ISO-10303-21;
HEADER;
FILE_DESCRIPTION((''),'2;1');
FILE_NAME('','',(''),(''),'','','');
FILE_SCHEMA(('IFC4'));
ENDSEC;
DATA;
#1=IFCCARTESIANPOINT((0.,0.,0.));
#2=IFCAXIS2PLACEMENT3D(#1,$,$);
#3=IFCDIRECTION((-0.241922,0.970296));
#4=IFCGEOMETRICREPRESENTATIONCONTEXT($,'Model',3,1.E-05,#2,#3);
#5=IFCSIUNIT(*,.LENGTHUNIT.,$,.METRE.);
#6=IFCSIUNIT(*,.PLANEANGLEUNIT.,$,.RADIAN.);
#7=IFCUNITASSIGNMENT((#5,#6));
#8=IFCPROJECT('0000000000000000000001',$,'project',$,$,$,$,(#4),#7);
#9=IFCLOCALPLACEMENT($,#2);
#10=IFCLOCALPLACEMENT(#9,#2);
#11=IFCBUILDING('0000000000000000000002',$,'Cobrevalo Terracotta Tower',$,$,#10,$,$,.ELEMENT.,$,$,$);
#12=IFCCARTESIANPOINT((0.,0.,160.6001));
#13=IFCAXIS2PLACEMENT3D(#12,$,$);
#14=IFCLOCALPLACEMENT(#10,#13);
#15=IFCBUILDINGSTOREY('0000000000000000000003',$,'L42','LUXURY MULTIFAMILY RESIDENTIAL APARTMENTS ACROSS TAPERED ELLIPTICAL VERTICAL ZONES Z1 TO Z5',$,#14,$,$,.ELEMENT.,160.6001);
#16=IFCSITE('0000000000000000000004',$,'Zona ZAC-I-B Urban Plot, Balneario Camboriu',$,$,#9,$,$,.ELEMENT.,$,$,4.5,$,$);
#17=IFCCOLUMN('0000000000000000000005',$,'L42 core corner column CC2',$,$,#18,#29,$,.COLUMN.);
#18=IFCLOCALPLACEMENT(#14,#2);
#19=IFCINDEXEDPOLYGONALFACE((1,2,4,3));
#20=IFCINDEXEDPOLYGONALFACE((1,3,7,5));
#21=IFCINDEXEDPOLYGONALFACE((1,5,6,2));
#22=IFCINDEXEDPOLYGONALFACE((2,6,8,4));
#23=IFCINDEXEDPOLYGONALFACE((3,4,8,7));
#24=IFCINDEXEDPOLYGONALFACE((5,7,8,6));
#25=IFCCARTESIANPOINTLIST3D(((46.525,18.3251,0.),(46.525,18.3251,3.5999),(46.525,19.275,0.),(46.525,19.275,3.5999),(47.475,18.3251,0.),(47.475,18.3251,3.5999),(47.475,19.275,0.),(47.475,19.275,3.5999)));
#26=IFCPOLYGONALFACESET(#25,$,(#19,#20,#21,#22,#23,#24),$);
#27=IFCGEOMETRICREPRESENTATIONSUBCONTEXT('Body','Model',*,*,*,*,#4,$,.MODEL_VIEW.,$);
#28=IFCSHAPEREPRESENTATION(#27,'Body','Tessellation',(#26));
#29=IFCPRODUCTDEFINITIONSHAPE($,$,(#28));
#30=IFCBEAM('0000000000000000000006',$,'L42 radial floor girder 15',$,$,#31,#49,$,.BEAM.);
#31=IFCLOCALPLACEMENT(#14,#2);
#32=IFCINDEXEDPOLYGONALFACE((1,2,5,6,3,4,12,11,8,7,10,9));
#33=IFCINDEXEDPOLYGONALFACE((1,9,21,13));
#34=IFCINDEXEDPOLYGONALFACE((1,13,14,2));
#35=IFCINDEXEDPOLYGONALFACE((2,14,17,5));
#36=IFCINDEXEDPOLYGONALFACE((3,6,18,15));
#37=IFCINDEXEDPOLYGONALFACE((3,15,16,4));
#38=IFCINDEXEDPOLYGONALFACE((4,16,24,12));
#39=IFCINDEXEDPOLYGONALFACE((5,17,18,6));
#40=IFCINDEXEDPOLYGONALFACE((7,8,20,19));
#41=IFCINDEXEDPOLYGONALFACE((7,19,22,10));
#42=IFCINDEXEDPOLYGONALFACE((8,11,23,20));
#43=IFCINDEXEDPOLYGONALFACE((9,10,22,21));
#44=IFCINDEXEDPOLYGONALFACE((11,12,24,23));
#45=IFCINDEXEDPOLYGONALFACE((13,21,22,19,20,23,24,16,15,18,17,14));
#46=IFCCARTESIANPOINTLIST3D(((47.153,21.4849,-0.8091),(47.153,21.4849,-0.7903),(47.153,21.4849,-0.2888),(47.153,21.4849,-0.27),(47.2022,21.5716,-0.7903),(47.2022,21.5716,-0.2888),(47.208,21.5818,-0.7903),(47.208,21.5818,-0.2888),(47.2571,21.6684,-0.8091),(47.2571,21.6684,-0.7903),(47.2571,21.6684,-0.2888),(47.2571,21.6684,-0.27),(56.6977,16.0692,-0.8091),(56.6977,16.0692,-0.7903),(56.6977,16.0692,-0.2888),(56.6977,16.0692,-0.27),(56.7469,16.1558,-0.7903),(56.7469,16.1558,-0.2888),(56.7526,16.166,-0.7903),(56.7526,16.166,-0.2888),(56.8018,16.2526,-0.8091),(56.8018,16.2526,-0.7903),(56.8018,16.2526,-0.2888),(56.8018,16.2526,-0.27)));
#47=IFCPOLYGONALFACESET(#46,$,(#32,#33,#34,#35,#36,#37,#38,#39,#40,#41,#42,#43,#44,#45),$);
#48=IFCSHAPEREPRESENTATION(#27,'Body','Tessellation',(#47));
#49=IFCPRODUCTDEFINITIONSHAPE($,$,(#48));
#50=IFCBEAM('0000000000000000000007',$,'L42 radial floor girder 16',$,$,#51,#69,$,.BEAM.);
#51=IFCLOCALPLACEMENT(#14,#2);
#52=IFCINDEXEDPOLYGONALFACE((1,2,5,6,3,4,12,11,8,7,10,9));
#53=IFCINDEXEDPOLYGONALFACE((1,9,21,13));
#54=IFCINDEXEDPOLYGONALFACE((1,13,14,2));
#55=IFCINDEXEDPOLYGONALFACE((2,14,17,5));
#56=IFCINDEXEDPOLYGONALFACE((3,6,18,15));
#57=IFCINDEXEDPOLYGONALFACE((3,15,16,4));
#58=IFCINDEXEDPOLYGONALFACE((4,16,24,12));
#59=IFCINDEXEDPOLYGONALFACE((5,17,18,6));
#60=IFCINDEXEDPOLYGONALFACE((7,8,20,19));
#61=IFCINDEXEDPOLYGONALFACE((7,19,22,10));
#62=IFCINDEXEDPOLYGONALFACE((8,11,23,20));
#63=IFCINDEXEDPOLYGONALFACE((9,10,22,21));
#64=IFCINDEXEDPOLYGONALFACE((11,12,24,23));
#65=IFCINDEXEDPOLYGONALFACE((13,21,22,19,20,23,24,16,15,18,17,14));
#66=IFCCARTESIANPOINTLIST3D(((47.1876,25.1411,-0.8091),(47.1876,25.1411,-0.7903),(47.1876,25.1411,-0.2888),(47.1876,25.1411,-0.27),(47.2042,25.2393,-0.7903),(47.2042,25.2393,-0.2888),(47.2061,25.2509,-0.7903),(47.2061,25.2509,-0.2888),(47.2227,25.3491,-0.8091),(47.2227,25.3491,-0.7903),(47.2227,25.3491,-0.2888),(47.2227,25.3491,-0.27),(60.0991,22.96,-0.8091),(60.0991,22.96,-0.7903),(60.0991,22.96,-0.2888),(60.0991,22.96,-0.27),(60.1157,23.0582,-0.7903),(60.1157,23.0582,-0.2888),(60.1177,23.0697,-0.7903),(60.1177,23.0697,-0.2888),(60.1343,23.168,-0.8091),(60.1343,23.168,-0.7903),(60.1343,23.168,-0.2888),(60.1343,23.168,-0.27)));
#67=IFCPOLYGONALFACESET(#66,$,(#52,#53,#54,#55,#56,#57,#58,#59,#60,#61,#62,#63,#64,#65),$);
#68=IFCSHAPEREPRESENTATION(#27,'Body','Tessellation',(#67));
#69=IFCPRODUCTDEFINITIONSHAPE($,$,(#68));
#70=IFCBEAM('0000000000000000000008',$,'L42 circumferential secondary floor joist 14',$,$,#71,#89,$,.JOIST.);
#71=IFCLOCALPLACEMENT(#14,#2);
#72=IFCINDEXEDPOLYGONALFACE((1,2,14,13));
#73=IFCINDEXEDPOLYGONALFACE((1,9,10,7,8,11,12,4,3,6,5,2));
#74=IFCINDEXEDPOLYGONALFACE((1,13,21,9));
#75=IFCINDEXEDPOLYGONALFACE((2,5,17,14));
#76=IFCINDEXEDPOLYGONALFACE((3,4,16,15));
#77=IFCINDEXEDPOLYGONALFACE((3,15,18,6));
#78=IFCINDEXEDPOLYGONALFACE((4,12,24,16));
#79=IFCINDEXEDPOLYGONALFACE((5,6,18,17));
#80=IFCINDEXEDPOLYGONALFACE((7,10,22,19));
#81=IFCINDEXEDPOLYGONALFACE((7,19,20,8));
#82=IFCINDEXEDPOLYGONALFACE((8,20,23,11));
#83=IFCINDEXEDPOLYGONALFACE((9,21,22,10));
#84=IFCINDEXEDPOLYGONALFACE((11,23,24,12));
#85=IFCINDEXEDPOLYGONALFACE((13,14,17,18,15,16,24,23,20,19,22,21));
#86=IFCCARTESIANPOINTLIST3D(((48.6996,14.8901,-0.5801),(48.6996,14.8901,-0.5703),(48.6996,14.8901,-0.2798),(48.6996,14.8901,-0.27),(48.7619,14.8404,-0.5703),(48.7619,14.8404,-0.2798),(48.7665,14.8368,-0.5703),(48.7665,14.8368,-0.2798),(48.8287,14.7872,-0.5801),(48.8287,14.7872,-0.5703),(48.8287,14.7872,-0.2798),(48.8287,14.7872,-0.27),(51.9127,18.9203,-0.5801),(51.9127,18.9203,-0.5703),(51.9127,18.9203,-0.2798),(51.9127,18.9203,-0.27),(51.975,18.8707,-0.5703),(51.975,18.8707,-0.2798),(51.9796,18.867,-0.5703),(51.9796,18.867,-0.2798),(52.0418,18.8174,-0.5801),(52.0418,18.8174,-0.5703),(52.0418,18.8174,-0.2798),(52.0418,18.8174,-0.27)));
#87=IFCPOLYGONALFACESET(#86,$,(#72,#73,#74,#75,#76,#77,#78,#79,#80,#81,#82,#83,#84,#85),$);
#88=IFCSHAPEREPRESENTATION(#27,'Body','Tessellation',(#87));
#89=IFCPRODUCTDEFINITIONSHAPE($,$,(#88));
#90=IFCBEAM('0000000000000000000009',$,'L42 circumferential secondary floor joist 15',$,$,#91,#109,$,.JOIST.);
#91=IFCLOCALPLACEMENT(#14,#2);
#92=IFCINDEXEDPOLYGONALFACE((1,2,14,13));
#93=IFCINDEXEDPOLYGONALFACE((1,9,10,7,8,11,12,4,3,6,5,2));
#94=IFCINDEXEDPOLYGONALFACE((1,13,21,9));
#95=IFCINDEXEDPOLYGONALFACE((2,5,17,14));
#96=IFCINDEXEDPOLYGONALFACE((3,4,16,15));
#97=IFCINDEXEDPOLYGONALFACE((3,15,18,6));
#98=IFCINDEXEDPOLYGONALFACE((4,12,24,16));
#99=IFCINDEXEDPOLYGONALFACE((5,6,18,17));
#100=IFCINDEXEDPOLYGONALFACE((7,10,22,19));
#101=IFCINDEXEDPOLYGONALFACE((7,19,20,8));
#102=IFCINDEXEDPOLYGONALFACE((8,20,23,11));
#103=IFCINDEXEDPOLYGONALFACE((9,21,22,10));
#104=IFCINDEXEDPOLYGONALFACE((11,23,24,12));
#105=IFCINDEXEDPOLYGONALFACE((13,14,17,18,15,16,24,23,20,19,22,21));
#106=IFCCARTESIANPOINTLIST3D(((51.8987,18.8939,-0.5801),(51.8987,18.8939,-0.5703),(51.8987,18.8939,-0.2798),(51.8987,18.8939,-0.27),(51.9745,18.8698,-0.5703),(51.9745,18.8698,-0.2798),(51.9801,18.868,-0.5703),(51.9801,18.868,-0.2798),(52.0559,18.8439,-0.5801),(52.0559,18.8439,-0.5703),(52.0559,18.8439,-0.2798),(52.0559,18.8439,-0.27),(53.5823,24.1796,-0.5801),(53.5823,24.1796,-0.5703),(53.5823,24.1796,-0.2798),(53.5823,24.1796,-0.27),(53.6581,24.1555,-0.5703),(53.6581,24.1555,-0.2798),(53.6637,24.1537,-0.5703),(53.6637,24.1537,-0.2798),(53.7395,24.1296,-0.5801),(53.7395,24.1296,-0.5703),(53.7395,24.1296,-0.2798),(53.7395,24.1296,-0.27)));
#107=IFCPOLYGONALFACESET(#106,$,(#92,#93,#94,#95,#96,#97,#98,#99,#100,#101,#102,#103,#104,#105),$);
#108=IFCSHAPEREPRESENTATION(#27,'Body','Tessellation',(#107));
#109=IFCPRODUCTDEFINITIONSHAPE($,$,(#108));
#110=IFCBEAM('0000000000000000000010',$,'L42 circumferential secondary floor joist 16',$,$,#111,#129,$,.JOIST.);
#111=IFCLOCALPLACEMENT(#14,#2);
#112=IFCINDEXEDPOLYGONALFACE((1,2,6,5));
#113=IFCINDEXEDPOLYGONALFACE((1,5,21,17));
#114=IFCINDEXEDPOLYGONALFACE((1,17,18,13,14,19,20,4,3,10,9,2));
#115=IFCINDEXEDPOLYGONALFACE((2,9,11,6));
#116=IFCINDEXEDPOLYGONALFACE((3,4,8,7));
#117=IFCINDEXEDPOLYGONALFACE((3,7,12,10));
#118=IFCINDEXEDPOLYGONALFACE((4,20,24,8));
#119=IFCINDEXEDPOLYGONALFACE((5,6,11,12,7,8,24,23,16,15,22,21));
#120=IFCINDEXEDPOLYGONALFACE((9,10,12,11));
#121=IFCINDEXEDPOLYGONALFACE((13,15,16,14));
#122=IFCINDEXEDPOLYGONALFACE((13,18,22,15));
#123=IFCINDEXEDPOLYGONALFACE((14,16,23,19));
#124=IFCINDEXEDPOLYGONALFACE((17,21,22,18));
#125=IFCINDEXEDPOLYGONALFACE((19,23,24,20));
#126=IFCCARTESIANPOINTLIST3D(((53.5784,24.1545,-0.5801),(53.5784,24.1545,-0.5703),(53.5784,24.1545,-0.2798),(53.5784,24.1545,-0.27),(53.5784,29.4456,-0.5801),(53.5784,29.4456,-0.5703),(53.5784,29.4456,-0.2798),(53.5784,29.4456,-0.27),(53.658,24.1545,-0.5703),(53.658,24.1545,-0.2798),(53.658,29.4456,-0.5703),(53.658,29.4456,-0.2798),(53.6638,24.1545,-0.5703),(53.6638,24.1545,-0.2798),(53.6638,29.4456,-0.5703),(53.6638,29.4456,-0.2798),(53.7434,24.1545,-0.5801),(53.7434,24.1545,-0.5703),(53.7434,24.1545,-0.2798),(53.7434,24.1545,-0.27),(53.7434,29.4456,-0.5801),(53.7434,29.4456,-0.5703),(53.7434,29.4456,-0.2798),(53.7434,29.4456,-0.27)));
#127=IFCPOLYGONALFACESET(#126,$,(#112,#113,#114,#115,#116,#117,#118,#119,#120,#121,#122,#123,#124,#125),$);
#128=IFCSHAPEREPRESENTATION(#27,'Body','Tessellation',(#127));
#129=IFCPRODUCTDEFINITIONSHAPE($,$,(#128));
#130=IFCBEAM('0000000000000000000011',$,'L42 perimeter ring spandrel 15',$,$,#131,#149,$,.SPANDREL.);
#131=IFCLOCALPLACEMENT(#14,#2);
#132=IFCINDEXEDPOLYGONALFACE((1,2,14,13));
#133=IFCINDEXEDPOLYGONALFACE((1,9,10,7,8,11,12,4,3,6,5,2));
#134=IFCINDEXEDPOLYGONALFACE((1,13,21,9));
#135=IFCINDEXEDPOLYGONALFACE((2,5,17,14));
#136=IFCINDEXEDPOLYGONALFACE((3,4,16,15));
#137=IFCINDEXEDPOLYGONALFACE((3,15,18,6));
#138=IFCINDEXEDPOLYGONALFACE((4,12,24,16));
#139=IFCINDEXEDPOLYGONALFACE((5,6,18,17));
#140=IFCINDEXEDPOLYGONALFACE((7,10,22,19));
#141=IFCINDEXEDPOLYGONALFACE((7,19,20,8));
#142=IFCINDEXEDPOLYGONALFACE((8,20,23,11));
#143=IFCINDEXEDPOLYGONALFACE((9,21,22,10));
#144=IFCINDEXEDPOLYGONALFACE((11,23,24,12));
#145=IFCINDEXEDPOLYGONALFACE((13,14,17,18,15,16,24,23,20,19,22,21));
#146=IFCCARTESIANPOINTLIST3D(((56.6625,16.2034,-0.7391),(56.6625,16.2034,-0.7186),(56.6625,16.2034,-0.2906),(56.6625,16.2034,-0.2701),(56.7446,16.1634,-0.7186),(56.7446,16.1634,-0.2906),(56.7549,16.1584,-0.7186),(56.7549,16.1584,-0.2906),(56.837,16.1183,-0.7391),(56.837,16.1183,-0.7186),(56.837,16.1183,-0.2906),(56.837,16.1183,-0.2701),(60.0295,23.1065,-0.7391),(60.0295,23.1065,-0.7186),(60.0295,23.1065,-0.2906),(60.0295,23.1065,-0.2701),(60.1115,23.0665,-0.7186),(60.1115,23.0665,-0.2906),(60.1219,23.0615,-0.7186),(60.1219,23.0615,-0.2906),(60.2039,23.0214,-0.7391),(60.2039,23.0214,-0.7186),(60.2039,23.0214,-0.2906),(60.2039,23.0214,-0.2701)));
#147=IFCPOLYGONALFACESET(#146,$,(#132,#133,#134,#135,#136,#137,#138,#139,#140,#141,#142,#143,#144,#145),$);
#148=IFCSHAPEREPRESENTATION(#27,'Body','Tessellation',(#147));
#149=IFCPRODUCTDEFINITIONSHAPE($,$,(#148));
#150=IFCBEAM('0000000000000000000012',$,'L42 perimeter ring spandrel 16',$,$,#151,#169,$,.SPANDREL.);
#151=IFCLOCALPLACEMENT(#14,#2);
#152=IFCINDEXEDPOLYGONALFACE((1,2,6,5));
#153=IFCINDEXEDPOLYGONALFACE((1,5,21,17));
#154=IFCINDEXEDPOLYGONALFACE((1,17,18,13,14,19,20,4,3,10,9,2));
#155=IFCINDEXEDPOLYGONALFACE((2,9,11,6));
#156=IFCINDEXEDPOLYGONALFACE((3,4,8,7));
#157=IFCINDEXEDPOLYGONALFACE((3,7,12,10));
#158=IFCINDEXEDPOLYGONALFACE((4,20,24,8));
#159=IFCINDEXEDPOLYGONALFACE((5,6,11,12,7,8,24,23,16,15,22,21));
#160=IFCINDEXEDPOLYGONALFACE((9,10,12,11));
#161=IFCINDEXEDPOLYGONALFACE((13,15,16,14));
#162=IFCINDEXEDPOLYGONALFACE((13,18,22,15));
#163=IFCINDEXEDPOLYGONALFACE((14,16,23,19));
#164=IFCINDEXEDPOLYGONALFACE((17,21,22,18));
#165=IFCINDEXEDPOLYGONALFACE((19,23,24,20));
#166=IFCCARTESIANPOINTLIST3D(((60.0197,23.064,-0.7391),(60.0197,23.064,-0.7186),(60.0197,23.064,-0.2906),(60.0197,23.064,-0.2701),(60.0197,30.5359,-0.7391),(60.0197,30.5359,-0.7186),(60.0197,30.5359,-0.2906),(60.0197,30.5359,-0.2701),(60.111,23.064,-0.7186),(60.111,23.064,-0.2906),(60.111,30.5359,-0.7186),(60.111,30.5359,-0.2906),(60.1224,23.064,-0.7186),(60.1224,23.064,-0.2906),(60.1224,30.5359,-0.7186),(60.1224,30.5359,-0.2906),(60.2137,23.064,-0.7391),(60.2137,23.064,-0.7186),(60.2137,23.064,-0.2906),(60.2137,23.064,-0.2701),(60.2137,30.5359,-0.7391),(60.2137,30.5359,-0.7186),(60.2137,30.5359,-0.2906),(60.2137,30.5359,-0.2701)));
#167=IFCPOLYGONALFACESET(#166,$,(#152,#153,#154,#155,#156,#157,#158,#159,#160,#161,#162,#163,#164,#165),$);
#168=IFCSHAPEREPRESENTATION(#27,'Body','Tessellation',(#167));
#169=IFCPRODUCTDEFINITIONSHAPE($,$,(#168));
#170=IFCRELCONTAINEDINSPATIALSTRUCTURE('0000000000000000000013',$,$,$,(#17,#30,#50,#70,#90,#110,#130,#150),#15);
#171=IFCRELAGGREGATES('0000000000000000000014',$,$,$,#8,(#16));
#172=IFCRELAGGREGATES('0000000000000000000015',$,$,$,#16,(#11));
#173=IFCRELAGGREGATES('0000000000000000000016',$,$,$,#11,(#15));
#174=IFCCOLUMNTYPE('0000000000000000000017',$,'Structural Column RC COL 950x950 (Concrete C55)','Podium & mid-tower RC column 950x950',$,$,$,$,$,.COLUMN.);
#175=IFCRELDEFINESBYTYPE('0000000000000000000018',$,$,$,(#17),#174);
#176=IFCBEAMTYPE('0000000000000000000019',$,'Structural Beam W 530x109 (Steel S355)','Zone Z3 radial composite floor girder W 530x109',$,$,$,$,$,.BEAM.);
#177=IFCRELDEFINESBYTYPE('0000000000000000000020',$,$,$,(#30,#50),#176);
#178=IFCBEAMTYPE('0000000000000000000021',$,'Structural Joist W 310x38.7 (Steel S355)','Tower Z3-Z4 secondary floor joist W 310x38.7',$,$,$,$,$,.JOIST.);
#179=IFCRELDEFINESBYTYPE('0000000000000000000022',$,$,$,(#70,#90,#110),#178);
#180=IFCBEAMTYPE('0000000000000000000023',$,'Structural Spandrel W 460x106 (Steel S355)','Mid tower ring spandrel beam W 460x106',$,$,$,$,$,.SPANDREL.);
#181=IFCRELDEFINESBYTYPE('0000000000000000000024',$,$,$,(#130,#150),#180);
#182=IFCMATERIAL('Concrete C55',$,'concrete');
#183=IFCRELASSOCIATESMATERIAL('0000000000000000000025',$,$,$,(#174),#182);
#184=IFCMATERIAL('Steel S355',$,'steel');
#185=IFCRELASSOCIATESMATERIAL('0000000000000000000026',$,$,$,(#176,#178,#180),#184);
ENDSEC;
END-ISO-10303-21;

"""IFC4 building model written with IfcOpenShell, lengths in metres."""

from ifc_helpers import new_model, si_unit, direction, frame, origin, origin_2d, place, context, subcontext, project, spatial, rectangle, i_section, extrude, material, material_profile, profile_set, type_object, element, save


model = new_model("IFC4")

# Units and contexts
model_context = context("Model", 3, precision=1e-05, world=origin(), true_north=direction((-0.241922, 0.970296)))
body_context = subcontext(model_context, "Body", "Model", "MODEL_VIEW")
ifc_project = project(units=[si_unit("LENGTHUNIT", "METRE"), si_unit("PLANEANGLEUNIT", "RADIAN")], contexts=[model_context])

# Site, building, storey
site_placement = place(None, origin())
site = spatial("IfcSite", under=ifc_project, at=site_placement, Name="Zona ZAC-I-B Urban Plot, Balneario Camboriu", CompositionType="ELEMENT", RefElevation=4.5)
building_placement = place(site_placement, origin())
building = spatial("IfcBuilding", under=site, at=building_placement, Name="Cobrevalo Terracotta Tower", CompositionType="ELEMENT")
storey_placement = place(building_placement, frame((0.0, 0.0, 160.6001)))
storey = spatial("IfcBuildingStorey", under=building, at=storey_placement, Name="L42", Description="LUXURY MULTIFAMILY RESIDENTIAL APARTMENTS ACROSS TAPERED ELLIPTICAL VERTICAL ZONES Z1 TO Z5", CompositionType="ELEMENT", Elevation=160.6001)

# Column
ifc_material_1 = material(Name="Steel S355", Category="steel")
ifc_material_2 = material(Name="Concrete C55", Category="concrete")
ifc_material_profile_1 = material_profile(ifc_material_2, rectangle(XDim=0.95, YDim=0.95, at=origin_2d()), Name="RC COL 950x950")
ifc_profile_set_1 = profile_set([ifc_material_profile_1], Name="Concrete C55")
column_type_1 = type_object("IfcColumnType", Name="Structural Column RC COL 950x950 (Concrete C55)", Description="Podium & mid-tower RC column 950x950", PredefinedType="COLUMN", material=ifc_profile_set_1)
column_placement = place(storey_placement, frame((47.0, 18.8, 0.0), z_axis=(0.0, 0.0, 1.0), x_axis=(1.0, 0.0, 0.0)))
element("IfcColumn", 1, at=column_placement, inside=storey, type_object=column_type_1, Name="L42 core corner column CC2", PredefinedType="COLUMN", context=body_context, shape_type="SweptSolid", body=[
    extrude(rectangle(XDim=0.95, YDim=0.95, at=origin_2d()), origin(), (0.0, 0.0, 1.0), 3.5999),
])

# Beams
ifc_material_profile_2 = material_profile(ifc_material_1, i_section(OverallWidth=0.2109, OverallDepth=0.5391, WebThickness=0.0117, FlangeThickness=0.0188, at=origin_2d()), Name="W 530x109")
ifc_profile_set_2 = profile_set([ifc_material_profile_2], Name="Steel S355")
beam_type_1 = type_object("IfcBeamType", Name="Structural Beam W 530x109 (Steel S355)", Description="Zone Z3 radial composite floor girder W 530x109", PredefinedType="BEAM", material=ifc_profile_set_2)
beam_1_placement = place(storey_placement, frame((56.7498, 16.1609, -0.5396), z_axis=(-0.869744, 0.493504, 0.0), x_axis=(-0.493504, -0.869744, 0.0)))
element("IfcBeam", 2, at=beam_1_placement, inside=storey, type_object=beam_type_1, Name="L42 radial floor girder 15", PredefinedType="BEAM", context=body_context, shape_type="SweptSolid", body=[
    extrude(i_section(OverallWidth=0.2109, OverallDepth=0.5391, WebThickness=0.0117, FlangeThickness=0.0188, at=origin_2d()), origin(), (0.0, 0.0, 1.0), 10.9741),
])
beam_2_placement = place(storey_placement, frame((60.1167, 23.064, -0.5396), z_axis=(-0.98603, 0.166569, 0.0), x_axis=(-0.166569, -0.98603, 0.0)))
element("IfcBeam", 3, at=beam_2_placement, inside=storey, type_object=beam_type_1, Name="L42 radial floor girder 16", PredefinedType="BEAM", context=body_context, shape_type="SweptSolid", body=[
    extrude(i_section(OverallWidth=0.2109, OverallDepth=0.5391, WebThickness=0.0117, FlangeThickness=0.0188, at=origin_2d()), origin(), (0.0, 0.0, 1.0), 13.0945),
])
ifc_material_profile_3 = material_profile(ifc_material_1, i_section(OverallWidth=0.165, OverallDepth=0.3101, WebThickness=0.0059, FlangeThickness=0.0098, at=origin_2d()), Name="W 310x38.7")
ifc_profile_set_3 = profile_set([ifc_material_profile_3], Name="Steel S355")
beam_type_2 = type_object("IfcBeamType", Name="Structural Joist W 310x38.7 (Steel S355)", Description="Tower Z3-Z4 secondary floor joist W 310x38.7", PredefinedType="JOIST", material=ifc_profile_set_3)
beam_3_placement = place(storey_placement, frame((48.7642, 14.8386, -0.425), z_axis=(0.623383, 0.781917, 0.0), x_axis=(-0.781917, 0.623383, 0.0)))
element("IfcBeam", 4, at=beam_3_placement, inside=storey, type_object=beam_type_2, Name="L42 circumferential secondary floor joist 14", PredefinedType="JOIST", context=body_context, shape_type="SweptSolid", body=[
    extrude(i_section(OverallWidth=0.165, OverallDepth=0.3101, WebThickness=0.0059, FlangeThickness=0.0098, at=origin_2d()), origin(), (0.0, 0.0, 1.0), 5.1543),
])
beam_4_placement = place(storey_placement, frame((51.9773, 18.8689, -0.425), z_axis=(0.303498, 0.952832, 0.0), x_axis=(-0.952832, 0.303498, 0.0)))
element("IfcBeam", 5, at=beam_4_placement, inside=storey, type_object=beam_type_2, Name="L42 circumferential secondary floor joist 15", PredefinedType="JOIST", context=body_context, shape_type="SweptSolid", body=[
    extrude(i_section(OverallWidth=0.165, OverallDepth=0.3101, WebThickness=0.0059, FlangeThickness=0.0098, at=origin_2d()), origin(), (0.0, 0.0, 1.0), 5.5474),
])
beam_5_placement = place(storey_placement, frame((53.6609, 24.1545, -0.425), z_axis=(0.0, 1.0, 0.0), x_axis=(-1.0, 0.0, 0.0)))
element("IfcBeam", 6, at=beam_5_placement, inside=storey, type_object=beam_type_2, Name="L42 circumferential secondary floor joist 16", PredefinedType="JOIST", context=body_context, shape_type="SweptSolid", body=[
    extrude(i_section(OverallWidth=0.165, OverallDepth=0.3101, WebThickness=0.0059, FlangeThickness=0.0098, at=origin_2d()), origin(), (0.0, 0.0, 1.0), 5.291),
])
ifc_material_profile_4 = material_profile(ifc_material_1, i_section(OverallWidth=0.1941, OverallDepth=0.469, WebThickness=0.0115, FlangeThickness=0.0205, at=origin_2d()), Name="W 460x106")
ifc_profile_set_4 = profile_set([ifc_material_profile_4], Name="Steel S355")
beam_type_3 = type_object("IfcBeamType", Name="Structural Spandrel W 460x106 (Steel S355)", Description="Mid tower ring spandrel beam W 460x106", PredefinedType="SPANDREL", material=ifc_profile_set_4)
beam_6_placement = place(storey_placement, frame((56.7498, 16.1609, -0.5046), z_axis=(0.43838, 0.89879, 0.0), x_axis=(-0.89879, 0.43838, 0.0)))
element("IfcBeam", 7, at=beam_6_placement, inside=storey, type_object=beam_type_3, Name="L42 perimeter ring spandrel 15", PredefinedType="SPANDREL", context=body_context, shape_type="SweptSolid", body=[
    extrude(i_section(OverallWidth=0.1941, OverallDepth=0.469, WebThickness=0.0115, FlangeThickness=0.0205, at=origin_2d()), origin(), (0.0, 0.0, 1.0), 7.6804),
])
beam_7_placement = place(storey_placement, frame((60.1167, 23.064, -0.5046), z_axis=(0.0, 1.0, 0.0), x_axis=(-1.0, 0.0, 0.0)))
element("IfcBeam", 8, at=beam_7_placement, inside=storey, type_object=beam_type_3, Name="L42 perimeter ring spandrel 16", PredefinedType="SPANDREL", context=body_context, shape_type="SweptSolid", body=[
    extrude(i_section(OverallWidth=0.1941, OverallDepth=0.469, WebThickness=0.0115, FlangeThickness=0.0205, at=origin_2d()), origin(), (0.0, 0.0, 1.0), 7.4719),
])

save(model, "model.ifc")
